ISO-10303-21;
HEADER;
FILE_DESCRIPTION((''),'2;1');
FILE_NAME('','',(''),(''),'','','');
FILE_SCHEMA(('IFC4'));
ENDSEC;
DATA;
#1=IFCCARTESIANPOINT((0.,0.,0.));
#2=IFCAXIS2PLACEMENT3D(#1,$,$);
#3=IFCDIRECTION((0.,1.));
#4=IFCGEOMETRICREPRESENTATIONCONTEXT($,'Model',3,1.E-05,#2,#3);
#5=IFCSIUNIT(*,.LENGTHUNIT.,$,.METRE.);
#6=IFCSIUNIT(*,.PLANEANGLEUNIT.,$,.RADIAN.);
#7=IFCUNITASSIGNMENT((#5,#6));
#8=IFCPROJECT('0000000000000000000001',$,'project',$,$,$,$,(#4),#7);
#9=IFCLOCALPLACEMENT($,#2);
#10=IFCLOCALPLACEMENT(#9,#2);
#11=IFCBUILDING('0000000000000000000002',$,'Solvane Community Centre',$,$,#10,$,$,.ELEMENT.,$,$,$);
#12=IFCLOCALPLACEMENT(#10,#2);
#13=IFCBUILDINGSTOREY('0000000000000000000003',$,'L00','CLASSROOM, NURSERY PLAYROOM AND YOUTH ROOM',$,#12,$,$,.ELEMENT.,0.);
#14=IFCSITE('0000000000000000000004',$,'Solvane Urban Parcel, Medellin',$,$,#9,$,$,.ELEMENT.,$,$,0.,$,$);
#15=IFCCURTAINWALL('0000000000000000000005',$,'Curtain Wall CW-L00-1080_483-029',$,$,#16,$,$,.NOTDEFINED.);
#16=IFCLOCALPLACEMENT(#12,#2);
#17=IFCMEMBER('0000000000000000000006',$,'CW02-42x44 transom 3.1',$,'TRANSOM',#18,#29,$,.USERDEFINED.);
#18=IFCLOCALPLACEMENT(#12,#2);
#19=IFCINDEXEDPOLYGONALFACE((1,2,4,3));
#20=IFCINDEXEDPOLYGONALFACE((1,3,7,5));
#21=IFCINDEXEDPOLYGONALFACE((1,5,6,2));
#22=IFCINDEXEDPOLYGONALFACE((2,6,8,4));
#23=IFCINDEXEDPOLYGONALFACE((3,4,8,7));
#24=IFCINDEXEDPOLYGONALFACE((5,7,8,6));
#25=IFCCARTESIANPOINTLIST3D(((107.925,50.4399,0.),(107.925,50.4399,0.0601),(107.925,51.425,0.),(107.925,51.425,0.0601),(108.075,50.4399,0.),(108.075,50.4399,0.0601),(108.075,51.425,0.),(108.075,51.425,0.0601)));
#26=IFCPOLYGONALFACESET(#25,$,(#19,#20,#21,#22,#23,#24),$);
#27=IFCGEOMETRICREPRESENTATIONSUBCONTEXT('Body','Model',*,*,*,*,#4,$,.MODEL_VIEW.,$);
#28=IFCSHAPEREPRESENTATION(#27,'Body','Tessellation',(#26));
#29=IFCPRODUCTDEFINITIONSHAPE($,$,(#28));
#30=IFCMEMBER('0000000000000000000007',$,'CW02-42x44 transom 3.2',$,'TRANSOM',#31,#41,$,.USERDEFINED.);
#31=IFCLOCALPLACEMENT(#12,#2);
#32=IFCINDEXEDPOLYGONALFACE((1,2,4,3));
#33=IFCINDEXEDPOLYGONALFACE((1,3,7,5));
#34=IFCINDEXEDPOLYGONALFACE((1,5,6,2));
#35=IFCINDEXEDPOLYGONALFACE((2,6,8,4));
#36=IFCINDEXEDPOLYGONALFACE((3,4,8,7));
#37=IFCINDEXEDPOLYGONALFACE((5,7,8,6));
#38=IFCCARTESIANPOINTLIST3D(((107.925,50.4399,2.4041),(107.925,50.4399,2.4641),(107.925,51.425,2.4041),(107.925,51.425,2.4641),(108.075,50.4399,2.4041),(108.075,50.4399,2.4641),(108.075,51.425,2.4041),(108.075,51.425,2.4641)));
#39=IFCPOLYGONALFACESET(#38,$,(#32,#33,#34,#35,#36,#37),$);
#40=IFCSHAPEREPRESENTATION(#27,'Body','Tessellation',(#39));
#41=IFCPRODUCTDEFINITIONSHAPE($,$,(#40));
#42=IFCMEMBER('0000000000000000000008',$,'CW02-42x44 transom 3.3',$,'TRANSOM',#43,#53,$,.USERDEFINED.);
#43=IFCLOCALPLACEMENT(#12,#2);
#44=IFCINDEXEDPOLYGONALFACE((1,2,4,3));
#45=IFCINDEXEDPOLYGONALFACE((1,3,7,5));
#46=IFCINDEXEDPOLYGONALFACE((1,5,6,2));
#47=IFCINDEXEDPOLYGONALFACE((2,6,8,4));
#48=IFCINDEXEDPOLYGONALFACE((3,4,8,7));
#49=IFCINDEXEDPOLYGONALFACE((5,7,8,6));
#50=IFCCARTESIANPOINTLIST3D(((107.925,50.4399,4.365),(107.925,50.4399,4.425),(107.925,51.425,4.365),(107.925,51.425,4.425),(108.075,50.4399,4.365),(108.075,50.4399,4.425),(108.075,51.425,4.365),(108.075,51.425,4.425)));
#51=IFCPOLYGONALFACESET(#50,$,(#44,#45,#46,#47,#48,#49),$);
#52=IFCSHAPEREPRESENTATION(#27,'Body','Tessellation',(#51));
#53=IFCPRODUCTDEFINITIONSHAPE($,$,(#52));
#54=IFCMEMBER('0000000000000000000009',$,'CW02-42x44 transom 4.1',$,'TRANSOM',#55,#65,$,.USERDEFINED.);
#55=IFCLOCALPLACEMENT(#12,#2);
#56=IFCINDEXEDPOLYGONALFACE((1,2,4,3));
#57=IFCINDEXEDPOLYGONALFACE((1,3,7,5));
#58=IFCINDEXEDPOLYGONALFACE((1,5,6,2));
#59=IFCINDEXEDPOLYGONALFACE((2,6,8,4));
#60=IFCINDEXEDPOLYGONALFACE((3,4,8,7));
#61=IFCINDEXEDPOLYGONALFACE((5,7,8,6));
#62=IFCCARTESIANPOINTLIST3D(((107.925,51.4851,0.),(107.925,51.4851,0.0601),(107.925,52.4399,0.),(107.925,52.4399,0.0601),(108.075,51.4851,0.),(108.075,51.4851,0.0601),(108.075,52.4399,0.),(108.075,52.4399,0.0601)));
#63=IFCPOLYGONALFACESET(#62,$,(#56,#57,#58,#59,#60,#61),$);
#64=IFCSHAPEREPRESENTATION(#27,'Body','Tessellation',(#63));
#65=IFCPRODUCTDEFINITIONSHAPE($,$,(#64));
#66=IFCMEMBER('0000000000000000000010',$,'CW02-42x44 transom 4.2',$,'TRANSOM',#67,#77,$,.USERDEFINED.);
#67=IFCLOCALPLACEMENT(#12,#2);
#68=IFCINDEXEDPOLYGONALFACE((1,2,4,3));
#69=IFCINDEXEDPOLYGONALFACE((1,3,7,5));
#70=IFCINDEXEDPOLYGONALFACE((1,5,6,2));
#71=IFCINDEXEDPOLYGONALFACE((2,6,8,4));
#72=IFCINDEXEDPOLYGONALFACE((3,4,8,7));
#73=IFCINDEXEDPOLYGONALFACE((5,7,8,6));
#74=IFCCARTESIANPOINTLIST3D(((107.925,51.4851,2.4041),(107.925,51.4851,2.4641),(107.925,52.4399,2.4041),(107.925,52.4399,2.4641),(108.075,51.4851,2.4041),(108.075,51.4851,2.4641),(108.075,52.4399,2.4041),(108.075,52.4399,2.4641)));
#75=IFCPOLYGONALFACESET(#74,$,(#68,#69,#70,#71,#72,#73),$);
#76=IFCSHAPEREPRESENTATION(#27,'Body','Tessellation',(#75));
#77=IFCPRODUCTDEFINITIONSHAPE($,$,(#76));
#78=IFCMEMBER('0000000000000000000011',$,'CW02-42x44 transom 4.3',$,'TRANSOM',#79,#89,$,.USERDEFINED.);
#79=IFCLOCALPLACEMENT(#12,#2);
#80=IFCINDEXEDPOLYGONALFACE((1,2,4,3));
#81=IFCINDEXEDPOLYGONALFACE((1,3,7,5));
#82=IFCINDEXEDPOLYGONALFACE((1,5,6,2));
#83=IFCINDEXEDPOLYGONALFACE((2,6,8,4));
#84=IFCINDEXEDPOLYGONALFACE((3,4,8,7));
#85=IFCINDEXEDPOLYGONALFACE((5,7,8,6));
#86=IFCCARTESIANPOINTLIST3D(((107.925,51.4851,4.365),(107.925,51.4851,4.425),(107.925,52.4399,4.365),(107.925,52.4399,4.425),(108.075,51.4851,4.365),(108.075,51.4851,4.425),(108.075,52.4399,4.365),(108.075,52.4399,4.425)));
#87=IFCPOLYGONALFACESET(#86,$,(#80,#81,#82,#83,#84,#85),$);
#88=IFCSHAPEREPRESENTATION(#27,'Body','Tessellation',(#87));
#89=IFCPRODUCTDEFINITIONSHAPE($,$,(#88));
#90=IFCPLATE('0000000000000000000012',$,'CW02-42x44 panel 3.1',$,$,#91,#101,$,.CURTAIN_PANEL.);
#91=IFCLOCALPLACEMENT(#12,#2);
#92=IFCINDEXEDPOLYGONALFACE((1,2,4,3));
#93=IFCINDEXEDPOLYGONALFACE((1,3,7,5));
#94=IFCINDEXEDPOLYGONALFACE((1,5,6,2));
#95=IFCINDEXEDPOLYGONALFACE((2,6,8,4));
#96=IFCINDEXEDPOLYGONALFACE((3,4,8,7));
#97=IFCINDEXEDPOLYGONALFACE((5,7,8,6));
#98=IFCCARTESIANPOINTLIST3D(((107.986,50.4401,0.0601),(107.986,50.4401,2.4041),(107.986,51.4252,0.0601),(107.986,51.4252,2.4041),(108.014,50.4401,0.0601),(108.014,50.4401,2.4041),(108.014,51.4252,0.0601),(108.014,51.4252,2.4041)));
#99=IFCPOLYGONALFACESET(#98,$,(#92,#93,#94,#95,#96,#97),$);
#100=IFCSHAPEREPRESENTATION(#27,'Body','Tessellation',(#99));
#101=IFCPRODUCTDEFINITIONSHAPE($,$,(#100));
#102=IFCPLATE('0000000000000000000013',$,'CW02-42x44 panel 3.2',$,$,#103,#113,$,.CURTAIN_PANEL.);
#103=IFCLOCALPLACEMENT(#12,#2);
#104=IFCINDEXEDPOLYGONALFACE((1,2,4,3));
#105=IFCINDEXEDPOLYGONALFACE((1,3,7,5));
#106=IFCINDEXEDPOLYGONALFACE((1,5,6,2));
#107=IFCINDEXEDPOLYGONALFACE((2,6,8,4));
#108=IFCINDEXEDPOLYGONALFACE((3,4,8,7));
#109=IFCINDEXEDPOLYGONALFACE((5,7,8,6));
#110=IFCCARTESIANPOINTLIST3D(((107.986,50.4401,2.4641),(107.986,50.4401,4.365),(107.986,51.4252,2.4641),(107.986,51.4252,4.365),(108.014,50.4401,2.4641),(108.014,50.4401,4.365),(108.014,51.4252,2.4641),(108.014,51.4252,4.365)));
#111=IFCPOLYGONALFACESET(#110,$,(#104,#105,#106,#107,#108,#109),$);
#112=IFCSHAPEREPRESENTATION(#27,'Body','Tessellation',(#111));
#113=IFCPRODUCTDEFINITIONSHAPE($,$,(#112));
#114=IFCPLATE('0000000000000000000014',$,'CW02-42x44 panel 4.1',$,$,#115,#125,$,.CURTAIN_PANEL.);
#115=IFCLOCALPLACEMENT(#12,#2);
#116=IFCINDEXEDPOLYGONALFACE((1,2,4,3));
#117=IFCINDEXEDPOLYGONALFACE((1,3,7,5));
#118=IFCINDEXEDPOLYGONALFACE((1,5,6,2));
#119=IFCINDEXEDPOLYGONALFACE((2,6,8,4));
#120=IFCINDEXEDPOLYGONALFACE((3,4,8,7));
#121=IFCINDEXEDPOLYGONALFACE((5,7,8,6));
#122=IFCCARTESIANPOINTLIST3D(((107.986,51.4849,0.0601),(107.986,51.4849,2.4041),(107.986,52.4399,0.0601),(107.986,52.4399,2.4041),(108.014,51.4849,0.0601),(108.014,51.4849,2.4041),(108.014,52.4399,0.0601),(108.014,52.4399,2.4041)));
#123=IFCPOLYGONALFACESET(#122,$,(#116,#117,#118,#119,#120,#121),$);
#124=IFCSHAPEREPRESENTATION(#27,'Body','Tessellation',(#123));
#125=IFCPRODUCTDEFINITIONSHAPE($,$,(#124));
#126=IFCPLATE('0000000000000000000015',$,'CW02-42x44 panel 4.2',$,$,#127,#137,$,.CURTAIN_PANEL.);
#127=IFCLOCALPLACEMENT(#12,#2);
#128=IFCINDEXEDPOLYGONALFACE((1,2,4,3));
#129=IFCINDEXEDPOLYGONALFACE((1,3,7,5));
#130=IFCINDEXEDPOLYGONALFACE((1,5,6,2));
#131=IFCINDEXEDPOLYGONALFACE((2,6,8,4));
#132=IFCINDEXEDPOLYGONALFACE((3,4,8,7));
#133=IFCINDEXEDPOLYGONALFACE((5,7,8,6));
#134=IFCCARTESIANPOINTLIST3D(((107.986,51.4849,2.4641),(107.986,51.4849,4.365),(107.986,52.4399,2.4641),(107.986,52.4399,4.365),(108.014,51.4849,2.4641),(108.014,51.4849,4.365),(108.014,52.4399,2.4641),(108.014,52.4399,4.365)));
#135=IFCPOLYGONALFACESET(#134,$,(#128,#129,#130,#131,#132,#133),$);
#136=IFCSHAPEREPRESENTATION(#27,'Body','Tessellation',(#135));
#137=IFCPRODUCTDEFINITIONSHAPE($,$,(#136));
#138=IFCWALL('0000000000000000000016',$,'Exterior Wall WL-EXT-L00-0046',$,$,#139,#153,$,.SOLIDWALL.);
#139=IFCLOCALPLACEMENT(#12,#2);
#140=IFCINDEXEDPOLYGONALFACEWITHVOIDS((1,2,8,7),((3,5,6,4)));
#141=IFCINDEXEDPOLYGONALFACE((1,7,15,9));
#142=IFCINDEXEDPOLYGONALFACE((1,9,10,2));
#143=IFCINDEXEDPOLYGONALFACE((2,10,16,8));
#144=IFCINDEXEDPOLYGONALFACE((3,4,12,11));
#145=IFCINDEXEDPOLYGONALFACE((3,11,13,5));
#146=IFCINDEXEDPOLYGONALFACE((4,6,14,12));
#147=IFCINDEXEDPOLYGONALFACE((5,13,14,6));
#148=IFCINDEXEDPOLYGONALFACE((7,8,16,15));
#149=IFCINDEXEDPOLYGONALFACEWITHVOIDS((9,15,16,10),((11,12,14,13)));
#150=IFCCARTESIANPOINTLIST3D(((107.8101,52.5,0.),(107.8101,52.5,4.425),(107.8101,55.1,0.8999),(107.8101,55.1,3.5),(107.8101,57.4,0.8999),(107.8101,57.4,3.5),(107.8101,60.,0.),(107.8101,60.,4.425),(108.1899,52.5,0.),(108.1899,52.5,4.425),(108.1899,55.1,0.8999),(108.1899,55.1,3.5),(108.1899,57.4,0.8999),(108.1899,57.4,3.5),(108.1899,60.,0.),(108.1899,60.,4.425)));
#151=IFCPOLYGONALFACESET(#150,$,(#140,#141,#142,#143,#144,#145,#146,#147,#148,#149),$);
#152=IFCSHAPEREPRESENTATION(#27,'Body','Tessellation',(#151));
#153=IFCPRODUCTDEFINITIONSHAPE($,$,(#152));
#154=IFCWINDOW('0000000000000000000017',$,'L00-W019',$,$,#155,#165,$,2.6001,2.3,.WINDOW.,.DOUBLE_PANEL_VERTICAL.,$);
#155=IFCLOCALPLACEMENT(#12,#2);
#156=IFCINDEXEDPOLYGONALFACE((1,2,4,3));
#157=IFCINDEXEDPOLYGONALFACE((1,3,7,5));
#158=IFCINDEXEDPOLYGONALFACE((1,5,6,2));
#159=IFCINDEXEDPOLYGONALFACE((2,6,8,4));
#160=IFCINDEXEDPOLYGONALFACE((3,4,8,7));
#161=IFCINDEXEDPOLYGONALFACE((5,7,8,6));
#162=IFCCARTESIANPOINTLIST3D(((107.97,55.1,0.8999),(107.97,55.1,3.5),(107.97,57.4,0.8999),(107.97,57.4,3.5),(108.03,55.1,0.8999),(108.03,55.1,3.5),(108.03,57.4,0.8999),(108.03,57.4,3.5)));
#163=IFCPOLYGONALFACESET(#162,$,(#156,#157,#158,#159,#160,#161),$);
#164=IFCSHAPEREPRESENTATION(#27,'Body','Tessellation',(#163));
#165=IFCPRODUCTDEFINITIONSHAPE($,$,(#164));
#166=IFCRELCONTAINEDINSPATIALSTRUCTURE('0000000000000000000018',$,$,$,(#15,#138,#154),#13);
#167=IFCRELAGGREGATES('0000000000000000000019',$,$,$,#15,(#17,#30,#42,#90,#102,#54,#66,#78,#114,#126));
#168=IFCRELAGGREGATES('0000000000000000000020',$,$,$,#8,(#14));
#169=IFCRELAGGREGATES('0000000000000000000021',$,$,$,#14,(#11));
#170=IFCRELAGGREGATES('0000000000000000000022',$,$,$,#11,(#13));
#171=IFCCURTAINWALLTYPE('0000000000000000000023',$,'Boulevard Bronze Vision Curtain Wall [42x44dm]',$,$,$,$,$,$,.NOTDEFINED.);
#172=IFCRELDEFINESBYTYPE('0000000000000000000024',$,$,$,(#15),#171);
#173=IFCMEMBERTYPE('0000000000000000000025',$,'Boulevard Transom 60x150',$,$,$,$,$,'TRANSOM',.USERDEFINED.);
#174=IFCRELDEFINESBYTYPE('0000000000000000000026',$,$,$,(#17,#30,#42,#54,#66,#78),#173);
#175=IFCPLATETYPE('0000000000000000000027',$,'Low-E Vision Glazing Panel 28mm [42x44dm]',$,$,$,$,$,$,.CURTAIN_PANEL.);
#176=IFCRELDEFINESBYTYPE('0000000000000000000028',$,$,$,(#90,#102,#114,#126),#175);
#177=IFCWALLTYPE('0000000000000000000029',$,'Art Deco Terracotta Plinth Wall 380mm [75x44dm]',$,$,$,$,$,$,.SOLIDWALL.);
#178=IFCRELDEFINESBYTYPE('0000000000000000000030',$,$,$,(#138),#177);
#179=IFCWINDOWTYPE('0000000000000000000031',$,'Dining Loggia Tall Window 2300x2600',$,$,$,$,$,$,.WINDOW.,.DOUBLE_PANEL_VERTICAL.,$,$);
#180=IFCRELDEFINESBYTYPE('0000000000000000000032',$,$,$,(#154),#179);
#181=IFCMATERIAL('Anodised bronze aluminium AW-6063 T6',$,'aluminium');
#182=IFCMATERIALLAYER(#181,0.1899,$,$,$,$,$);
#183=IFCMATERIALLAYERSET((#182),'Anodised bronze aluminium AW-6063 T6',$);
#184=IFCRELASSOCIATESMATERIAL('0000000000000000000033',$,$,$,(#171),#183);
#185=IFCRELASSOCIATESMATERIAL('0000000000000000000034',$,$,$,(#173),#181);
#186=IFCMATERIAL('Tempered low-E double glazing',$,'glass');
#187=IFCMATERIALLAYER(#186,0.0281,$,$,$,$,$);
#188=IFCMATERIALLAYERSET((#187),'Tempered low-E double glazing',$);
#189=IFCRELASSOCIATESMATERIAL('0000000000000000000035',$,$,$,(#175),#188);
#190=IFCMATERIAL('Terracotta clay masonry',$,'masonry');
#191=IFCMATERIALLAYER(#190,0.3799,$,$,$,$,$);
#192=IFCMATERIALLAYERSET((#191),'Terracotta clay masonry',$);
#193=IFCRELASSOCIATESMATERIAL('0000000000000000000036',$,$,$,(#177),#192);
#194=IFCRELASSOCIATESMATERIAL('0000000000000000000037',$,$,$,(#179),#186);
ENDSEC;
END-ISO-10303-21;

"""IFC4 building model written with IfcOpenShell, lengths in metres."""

from ifc_helpers import new_model, si_unit, direction, frame, frame_2d, origin, origin_2d, place, context, subcontext, project, spatial, rectangle, extrude, material, layer, layer_set, material_profile, profile_set, type_object, element, fill, aggregate, save


model = new_model("IFC4")

# Units and contexts
model_context = context("Model", 3, precision=1e-05, world=origin(), true_north=direction((0.0, 1.0)))
body_context = subcontext(model_context, "Body", "Model", "MODEL_VIEW")
ifc_project = project(units=[si_unit("LENGTHUNIT", "METRE"), si_unit("PLANEANGLEUNIT", "RADIAN")], contexts=[model_context])

# Site, building, storey
site_placement = place(None, origin())
site = spatial("IfcSite", under=ifc_project, at=site_placement, Name="Solvane Urban Parcel, Medellin", CompositionType="ELEMENT", RefElevation=0.0)
building_placement = place(site_placement, origin())
building = spatial("IfcBuilding", under=site, at=building_placement, Name="Solvane Community Centre", CompositionType="ELEMENT")
storey_placement = place(building_placement, origin())
storey = spatial("IfcBuildingStorey", under=building, at=storey_placement, Name="L00", Description="CLASSROOM, NURSERY PLAYROOM AND YOUTH ROOM", CompositionType="ELEMENT", Elevation=0.0)

# Curtain wall, members, plates
ifc_material_1 = material(Name="Anodised bronze aluminium AW-6063 T6", Category="aluminium")
ifc_layer_1 = layer(ifc_material_1, 0.1899)
ifc_layer_set_1 = layer_set([ifc_layer_1], Name="Anodised bronze aluminium AW-6063 T6")
curtain_wall_type = type_object("IfcCurtainWallType", Name="Boulevard Bronze Vision Curtain Wall [42x44dm]", PredefinedType="NOTDEFINED", material=ifc_layer_set_1)
curtain_wall_placement = place(storey_placement, origin())
curtain_wall = element("IfcCurtainWall", 1, at=curtain_wall_placement, inside=storey, type_object=curtain_wall_type, Name="Curtain Wall CW-L00-1080_483-029", PredefinedType="NOTDEFINED")
ifc_material_profile_1 = material_profile(ifc_material_1, rectangle(XDim=0.1499, YDim=0.0601, at=origin_2d()), Name="CW-T 60x150")
ifc_profile_set_1 = profile_set([ifc_material_profile_1], Name="Anodised bronze aluminium AW-6063 T6")
member_type_1 = type_object("IfcMemberType", Name="Boulevard Transom 60x150", ElementType="TRANSOM", PredefinedType="USERDEFINED", material=ifc_profile_set_1)
member_1_placement = place(storey_placement, frame((108.0, 50.4399, 0.03), z_axis=(0.0, 1.0, 0.0), x_axis=(-1.0, 0.0, 0.0)))
member_1 = element("IfcMember", 2, at=member_1_placement, type_object=member_type_1, Name="CW02-42x44 transom 3.1", ObjectType="TRANSOM", PredefinedType="USERDEFINED", context=body_context, shape_type="SweptSolid", body=[
    extrude(rectangle(XDim=0.1499, YDim=0.0601, at=origin_2d()), origin(), (0.0, 0.0, 1.0), 0.9851),
])
member_2_placement = place(storey_placement, frame((108.0, 50.4399, 2.4341), z_axis=(0.0, 1.0, 0.0), x_axis=(-1.0, 0.0, 0.0)))
member_2 = element("IfcMember", 3, at=member_2_placement, type_object=member_type_1, Name="CW02-42x44 transom 3.2", ObjectType="TRANSOM", PredefinedType="USERDEFINED", context=body_context, shape_type="SweptSolid", body=[
    extrude(rectangle(XDim=0.1499, YDim=0.0601, at=origin_2d()), origin(), (0.0, 0.0, 1.0), 0.9851),
])
member_3_placement = place(storey_placement, frame((108.0, 50.4399, 4.395), z_axis=(0.0, 1.0, 0.0), x_axis=(-1.0, 0.0, 0.0)))
member_3 = element("IfcMember", 4, at=member_3_placement, type_object=member_type_1, Name="CW02-42x44 transom 3.3", ObjectType="TRANSOM", PredefinedType="USERDEFINED", context=body_context, shape_type="SweptSolid", body=[
    extrude(rectangle(XDim=0.1499, YDim=0.0601, at=origin_2d()), origin(), (0.0, 0.0, 1.0), 0.9851),
])
member_4_placement = place(storey_placement, frame((108.0, 51.4851, 0.03), z_axis=(0.0, 1.0, 0.0), x_axis=(-1.0, 0.0, 0.0)))
member_4 = element("IfcMember", 5, at=member_4_placement, type_object=member_type_1, Name="CW02-42x44 transom 4.1", ObjectType="TRANSOM", PredefinedType="USERDEFINED", context=body_context, shape_type="SweptSolid", body=[
    extrude(rectangle(XDim=0.1499, YDim=0.0601, at=origin_2d()), origin(), (0.0, 0.0, 1.0), 0.9548),
])
member_5_placement = place(storey_placement, frame((108.0, 51.4851, 2.4341), z_axis=(0.0, 1.0, 0.0), x_axis=(-1.0, 0.0, 0.0)))
member_5 = element("IfcMember", 6, at=member_5_placement, type_object=member_type_1, Name="CW02-42x44 transom 4.2", ObjectType="TRANSOM", PredefinedType="USERDEFINED", context=body_context, shape_type="SweptSolid", body=[
    extrude(rectangle(XDim=0.1499, YDim=0.0601, at=origin_2d()), origin(), (0.0, 0.0, 1.0), 0.9548),
])
member_6_placement = place(storey_placement, frame((108.0, 51.4851, 4.395), z_axis=(0.0, 1.0, 0.0), x_axis=(-1.0, 0.0, 0.0)))
member_6 = element("IfcMember", 7, at=member_6_placement, type_object=member_type_1, Name="CW02-42x44 transom 4.3", ObjectType="TRANSOM", PredefinedType="USERDEFINED", context=body_context, shape_type="SweptSolid", body=[
    extrude(rectangle(XDim=0.1499, YDim=0.0601, at=origin_2d()), origin(), (0.0, 0.0, 1.0), 0.9548),
])
ifc_material_2 = material(Name="Tempered low-E double glazing", Category="glass")
ifc_layer_2 = layer(ifc_material_2, 0.0281)
ifc_layer_set_2 = layer_set([ifc_layer_2], Name="Tempered low-E double glazing")
plate_type = type_object("IfcPlateType", Name="Low-E Vision Glazing Panel 28mm [42x44dm]", PredefinedType="CURTAIN_PANEL", material=ifc_layer_set_2)
plate_1_placement = place(storey_placement, frame((108.0, 50.9326, 0.0601), z_axis=(0.0, 0.0, 1.0), x_axis=(0.0, 1.0, 0.0)))
plate_1 = element("IfcPlate", 8, at=plate_1_placement, type_object=plate_type, Name="CW02-42x44 panel 3.1", PredefinedType="CURTAIN_PANEL", context=body_context, shape_type="SweptSolid", body=[
    extrude(rectangle(XDim=0.9851, YDim=0.0281, at=origin_2d()), origin(), (0.0, 0.0, 1.0), 2.344),
])
plate_2_placement = place(storey_placement, frame((108.0, 50.9326, 2.4641), z_axis=(0.0, 0.0, 1.0), x_axis=(0.0, 1.0, 0.0)))
plate_2 = element("IfcPlate", 9, at=plate_2_placement, type_object=plate_type, Name="CW02-42x44 panel 3.2", PredefinedType="CURTAIN_PANEL", context=body_context, shape_type="SweptSolid", body=[
    extrude(rectangle(XDim=0.9851, YDim=0.0281, at=origin_2d()), origin(), (0.0, 0.0, 1.0), 1.9009),
])
plate_3_placement = place(storey_placement, frame((108.0, 51.9624, 0.0601), z_axis=(0.0, 0.0, 1.0), x_axis=(0.0, 1.0, 0.0)))
plate_3 = element("IfcPlate", 10, at=plate_3_placement, type_object=plate_type, Name="CW02-42x44 panel 4.1", PredefinedType="CURTAIN_PANEL", context=body_context, shape_type="SweptSolid", body=[
    extrude(rectangle(XDim=0.9551, YDim=0.0281, at=origin_2d()), origin(), (0.0, 0.0, 1.0), 2.344),
])
plate_4_placement = place(storey_placement, frame((108.0, 51.9624, 2.4641), z_axis=(0.0, 0.0, 1.0), x_axis=(0.0, 1.0, 0.0)))
plate_4 = element("IfcPlate", 11, at=plate_4_placement, type_object=plate_type, Name="CW02-42x44 panel 4.2", PredefinedType="CURTAIN_PANEL", context=body_context, shape_type="SweptSolid", body=[
    extrude(rectangle(XDim=0.9551, YDim=0.0281, at=origin_2d()), origin(), (0.0, 0.0, 1.0), 1.9009),
])
aggregate(curtain_wall, [member_1, member_2, member_3, plate_1, plate_2, member_4, member_5, member_6, plate_3, plate_4])

# Wall, opening, window
ifc_material_3 = material(Name="Terracotta clay masonry", Category="masonry")
ifc_layer_3 = layer(ifc_material_3, 0.3799)
ifc_layer_set_3 = layer_set([ifc_layer_3], Name="Terracotta clay masonry")
wall_type = type_object("IfcWallType", Name="Art Deco Terracotta Plinth Wall 380mm [75x44dm]", PredefinedType="SOLIDWALL", material=ifc_layer_set_3)
wall_placement = place(storey_placement, frame((108.0, 52.5, 0.0), z_axis=(0.0, 0.0, 1.0), x_axis=(0.0, 1.0, 0.0)))
wall = element("IfcWall", 12, at=wall_placement, inside=storey, type_object=wall_type, Name="Exterior Wall WL-EXT-L00-0046", PredefinedType="SOLIDWALL", context=body_context, shape_type="SweptSolid", body=[
    extrude(rectangle(XDim=7.5, YDim=0.3799, at=frame_2d((3.75, 0.0))), origin(), (0.0, 0.0, 1.0), 4.425),
])
opening_placement = place(wall_placement, frame((2.6001, 0.0, 0.8999)))
opening = element("IfcOpeningElement", 13, at=opening_placement, cuts=wall, PredefinedType="OPENING", context=body_context, shape_type="SweptSolid", body=[
    extrude(rectangle(XDim=2.3, YDim=2.6001, at=frame_2d((1.1499, 1.3))), frame((0.0, 0.2, 0.0), z_axis=(0.0, -1.0, 0.0), x_axis=(1.0, 0.0, 0.0)), (0.0, 0.0, 1.0), 0.3999),
])
window_type = type_object("IfcWindowType", Name="Dining Loggia Tall Window 2300x2600", PartitioningType="DOUBLE_PANEL_VERTICAL", PredefinedType="WINDOW", material=ifc_material_2)
window_placement = place(opening_placement, origin())
window = element("IfcWindow", 14, at=window_placement, inside=storey, type_object=window_type, Name="L00-W019", OverallHeight=2.6001, OverallWidth=2.3, PartitioningType="DOUBLE_PANEL_VERTICAL", PredefinedType="WINDOW", context=body_context, shape_type="SweptSolid", body=[
    extrude(rectangle(XDim=2.3, YDim=2.6001, at=frame_2d((1.1499, 1.3))), frame((0.0, 0.03, 0.0), z_axis=(0.0, -1.0, 0.0), x_axis=(1.0, 0.0, 0.0)), (0.0, 0.0, 1.0), 0.0601),
])
fill(opening, window)

save(model, "model.ifc")
